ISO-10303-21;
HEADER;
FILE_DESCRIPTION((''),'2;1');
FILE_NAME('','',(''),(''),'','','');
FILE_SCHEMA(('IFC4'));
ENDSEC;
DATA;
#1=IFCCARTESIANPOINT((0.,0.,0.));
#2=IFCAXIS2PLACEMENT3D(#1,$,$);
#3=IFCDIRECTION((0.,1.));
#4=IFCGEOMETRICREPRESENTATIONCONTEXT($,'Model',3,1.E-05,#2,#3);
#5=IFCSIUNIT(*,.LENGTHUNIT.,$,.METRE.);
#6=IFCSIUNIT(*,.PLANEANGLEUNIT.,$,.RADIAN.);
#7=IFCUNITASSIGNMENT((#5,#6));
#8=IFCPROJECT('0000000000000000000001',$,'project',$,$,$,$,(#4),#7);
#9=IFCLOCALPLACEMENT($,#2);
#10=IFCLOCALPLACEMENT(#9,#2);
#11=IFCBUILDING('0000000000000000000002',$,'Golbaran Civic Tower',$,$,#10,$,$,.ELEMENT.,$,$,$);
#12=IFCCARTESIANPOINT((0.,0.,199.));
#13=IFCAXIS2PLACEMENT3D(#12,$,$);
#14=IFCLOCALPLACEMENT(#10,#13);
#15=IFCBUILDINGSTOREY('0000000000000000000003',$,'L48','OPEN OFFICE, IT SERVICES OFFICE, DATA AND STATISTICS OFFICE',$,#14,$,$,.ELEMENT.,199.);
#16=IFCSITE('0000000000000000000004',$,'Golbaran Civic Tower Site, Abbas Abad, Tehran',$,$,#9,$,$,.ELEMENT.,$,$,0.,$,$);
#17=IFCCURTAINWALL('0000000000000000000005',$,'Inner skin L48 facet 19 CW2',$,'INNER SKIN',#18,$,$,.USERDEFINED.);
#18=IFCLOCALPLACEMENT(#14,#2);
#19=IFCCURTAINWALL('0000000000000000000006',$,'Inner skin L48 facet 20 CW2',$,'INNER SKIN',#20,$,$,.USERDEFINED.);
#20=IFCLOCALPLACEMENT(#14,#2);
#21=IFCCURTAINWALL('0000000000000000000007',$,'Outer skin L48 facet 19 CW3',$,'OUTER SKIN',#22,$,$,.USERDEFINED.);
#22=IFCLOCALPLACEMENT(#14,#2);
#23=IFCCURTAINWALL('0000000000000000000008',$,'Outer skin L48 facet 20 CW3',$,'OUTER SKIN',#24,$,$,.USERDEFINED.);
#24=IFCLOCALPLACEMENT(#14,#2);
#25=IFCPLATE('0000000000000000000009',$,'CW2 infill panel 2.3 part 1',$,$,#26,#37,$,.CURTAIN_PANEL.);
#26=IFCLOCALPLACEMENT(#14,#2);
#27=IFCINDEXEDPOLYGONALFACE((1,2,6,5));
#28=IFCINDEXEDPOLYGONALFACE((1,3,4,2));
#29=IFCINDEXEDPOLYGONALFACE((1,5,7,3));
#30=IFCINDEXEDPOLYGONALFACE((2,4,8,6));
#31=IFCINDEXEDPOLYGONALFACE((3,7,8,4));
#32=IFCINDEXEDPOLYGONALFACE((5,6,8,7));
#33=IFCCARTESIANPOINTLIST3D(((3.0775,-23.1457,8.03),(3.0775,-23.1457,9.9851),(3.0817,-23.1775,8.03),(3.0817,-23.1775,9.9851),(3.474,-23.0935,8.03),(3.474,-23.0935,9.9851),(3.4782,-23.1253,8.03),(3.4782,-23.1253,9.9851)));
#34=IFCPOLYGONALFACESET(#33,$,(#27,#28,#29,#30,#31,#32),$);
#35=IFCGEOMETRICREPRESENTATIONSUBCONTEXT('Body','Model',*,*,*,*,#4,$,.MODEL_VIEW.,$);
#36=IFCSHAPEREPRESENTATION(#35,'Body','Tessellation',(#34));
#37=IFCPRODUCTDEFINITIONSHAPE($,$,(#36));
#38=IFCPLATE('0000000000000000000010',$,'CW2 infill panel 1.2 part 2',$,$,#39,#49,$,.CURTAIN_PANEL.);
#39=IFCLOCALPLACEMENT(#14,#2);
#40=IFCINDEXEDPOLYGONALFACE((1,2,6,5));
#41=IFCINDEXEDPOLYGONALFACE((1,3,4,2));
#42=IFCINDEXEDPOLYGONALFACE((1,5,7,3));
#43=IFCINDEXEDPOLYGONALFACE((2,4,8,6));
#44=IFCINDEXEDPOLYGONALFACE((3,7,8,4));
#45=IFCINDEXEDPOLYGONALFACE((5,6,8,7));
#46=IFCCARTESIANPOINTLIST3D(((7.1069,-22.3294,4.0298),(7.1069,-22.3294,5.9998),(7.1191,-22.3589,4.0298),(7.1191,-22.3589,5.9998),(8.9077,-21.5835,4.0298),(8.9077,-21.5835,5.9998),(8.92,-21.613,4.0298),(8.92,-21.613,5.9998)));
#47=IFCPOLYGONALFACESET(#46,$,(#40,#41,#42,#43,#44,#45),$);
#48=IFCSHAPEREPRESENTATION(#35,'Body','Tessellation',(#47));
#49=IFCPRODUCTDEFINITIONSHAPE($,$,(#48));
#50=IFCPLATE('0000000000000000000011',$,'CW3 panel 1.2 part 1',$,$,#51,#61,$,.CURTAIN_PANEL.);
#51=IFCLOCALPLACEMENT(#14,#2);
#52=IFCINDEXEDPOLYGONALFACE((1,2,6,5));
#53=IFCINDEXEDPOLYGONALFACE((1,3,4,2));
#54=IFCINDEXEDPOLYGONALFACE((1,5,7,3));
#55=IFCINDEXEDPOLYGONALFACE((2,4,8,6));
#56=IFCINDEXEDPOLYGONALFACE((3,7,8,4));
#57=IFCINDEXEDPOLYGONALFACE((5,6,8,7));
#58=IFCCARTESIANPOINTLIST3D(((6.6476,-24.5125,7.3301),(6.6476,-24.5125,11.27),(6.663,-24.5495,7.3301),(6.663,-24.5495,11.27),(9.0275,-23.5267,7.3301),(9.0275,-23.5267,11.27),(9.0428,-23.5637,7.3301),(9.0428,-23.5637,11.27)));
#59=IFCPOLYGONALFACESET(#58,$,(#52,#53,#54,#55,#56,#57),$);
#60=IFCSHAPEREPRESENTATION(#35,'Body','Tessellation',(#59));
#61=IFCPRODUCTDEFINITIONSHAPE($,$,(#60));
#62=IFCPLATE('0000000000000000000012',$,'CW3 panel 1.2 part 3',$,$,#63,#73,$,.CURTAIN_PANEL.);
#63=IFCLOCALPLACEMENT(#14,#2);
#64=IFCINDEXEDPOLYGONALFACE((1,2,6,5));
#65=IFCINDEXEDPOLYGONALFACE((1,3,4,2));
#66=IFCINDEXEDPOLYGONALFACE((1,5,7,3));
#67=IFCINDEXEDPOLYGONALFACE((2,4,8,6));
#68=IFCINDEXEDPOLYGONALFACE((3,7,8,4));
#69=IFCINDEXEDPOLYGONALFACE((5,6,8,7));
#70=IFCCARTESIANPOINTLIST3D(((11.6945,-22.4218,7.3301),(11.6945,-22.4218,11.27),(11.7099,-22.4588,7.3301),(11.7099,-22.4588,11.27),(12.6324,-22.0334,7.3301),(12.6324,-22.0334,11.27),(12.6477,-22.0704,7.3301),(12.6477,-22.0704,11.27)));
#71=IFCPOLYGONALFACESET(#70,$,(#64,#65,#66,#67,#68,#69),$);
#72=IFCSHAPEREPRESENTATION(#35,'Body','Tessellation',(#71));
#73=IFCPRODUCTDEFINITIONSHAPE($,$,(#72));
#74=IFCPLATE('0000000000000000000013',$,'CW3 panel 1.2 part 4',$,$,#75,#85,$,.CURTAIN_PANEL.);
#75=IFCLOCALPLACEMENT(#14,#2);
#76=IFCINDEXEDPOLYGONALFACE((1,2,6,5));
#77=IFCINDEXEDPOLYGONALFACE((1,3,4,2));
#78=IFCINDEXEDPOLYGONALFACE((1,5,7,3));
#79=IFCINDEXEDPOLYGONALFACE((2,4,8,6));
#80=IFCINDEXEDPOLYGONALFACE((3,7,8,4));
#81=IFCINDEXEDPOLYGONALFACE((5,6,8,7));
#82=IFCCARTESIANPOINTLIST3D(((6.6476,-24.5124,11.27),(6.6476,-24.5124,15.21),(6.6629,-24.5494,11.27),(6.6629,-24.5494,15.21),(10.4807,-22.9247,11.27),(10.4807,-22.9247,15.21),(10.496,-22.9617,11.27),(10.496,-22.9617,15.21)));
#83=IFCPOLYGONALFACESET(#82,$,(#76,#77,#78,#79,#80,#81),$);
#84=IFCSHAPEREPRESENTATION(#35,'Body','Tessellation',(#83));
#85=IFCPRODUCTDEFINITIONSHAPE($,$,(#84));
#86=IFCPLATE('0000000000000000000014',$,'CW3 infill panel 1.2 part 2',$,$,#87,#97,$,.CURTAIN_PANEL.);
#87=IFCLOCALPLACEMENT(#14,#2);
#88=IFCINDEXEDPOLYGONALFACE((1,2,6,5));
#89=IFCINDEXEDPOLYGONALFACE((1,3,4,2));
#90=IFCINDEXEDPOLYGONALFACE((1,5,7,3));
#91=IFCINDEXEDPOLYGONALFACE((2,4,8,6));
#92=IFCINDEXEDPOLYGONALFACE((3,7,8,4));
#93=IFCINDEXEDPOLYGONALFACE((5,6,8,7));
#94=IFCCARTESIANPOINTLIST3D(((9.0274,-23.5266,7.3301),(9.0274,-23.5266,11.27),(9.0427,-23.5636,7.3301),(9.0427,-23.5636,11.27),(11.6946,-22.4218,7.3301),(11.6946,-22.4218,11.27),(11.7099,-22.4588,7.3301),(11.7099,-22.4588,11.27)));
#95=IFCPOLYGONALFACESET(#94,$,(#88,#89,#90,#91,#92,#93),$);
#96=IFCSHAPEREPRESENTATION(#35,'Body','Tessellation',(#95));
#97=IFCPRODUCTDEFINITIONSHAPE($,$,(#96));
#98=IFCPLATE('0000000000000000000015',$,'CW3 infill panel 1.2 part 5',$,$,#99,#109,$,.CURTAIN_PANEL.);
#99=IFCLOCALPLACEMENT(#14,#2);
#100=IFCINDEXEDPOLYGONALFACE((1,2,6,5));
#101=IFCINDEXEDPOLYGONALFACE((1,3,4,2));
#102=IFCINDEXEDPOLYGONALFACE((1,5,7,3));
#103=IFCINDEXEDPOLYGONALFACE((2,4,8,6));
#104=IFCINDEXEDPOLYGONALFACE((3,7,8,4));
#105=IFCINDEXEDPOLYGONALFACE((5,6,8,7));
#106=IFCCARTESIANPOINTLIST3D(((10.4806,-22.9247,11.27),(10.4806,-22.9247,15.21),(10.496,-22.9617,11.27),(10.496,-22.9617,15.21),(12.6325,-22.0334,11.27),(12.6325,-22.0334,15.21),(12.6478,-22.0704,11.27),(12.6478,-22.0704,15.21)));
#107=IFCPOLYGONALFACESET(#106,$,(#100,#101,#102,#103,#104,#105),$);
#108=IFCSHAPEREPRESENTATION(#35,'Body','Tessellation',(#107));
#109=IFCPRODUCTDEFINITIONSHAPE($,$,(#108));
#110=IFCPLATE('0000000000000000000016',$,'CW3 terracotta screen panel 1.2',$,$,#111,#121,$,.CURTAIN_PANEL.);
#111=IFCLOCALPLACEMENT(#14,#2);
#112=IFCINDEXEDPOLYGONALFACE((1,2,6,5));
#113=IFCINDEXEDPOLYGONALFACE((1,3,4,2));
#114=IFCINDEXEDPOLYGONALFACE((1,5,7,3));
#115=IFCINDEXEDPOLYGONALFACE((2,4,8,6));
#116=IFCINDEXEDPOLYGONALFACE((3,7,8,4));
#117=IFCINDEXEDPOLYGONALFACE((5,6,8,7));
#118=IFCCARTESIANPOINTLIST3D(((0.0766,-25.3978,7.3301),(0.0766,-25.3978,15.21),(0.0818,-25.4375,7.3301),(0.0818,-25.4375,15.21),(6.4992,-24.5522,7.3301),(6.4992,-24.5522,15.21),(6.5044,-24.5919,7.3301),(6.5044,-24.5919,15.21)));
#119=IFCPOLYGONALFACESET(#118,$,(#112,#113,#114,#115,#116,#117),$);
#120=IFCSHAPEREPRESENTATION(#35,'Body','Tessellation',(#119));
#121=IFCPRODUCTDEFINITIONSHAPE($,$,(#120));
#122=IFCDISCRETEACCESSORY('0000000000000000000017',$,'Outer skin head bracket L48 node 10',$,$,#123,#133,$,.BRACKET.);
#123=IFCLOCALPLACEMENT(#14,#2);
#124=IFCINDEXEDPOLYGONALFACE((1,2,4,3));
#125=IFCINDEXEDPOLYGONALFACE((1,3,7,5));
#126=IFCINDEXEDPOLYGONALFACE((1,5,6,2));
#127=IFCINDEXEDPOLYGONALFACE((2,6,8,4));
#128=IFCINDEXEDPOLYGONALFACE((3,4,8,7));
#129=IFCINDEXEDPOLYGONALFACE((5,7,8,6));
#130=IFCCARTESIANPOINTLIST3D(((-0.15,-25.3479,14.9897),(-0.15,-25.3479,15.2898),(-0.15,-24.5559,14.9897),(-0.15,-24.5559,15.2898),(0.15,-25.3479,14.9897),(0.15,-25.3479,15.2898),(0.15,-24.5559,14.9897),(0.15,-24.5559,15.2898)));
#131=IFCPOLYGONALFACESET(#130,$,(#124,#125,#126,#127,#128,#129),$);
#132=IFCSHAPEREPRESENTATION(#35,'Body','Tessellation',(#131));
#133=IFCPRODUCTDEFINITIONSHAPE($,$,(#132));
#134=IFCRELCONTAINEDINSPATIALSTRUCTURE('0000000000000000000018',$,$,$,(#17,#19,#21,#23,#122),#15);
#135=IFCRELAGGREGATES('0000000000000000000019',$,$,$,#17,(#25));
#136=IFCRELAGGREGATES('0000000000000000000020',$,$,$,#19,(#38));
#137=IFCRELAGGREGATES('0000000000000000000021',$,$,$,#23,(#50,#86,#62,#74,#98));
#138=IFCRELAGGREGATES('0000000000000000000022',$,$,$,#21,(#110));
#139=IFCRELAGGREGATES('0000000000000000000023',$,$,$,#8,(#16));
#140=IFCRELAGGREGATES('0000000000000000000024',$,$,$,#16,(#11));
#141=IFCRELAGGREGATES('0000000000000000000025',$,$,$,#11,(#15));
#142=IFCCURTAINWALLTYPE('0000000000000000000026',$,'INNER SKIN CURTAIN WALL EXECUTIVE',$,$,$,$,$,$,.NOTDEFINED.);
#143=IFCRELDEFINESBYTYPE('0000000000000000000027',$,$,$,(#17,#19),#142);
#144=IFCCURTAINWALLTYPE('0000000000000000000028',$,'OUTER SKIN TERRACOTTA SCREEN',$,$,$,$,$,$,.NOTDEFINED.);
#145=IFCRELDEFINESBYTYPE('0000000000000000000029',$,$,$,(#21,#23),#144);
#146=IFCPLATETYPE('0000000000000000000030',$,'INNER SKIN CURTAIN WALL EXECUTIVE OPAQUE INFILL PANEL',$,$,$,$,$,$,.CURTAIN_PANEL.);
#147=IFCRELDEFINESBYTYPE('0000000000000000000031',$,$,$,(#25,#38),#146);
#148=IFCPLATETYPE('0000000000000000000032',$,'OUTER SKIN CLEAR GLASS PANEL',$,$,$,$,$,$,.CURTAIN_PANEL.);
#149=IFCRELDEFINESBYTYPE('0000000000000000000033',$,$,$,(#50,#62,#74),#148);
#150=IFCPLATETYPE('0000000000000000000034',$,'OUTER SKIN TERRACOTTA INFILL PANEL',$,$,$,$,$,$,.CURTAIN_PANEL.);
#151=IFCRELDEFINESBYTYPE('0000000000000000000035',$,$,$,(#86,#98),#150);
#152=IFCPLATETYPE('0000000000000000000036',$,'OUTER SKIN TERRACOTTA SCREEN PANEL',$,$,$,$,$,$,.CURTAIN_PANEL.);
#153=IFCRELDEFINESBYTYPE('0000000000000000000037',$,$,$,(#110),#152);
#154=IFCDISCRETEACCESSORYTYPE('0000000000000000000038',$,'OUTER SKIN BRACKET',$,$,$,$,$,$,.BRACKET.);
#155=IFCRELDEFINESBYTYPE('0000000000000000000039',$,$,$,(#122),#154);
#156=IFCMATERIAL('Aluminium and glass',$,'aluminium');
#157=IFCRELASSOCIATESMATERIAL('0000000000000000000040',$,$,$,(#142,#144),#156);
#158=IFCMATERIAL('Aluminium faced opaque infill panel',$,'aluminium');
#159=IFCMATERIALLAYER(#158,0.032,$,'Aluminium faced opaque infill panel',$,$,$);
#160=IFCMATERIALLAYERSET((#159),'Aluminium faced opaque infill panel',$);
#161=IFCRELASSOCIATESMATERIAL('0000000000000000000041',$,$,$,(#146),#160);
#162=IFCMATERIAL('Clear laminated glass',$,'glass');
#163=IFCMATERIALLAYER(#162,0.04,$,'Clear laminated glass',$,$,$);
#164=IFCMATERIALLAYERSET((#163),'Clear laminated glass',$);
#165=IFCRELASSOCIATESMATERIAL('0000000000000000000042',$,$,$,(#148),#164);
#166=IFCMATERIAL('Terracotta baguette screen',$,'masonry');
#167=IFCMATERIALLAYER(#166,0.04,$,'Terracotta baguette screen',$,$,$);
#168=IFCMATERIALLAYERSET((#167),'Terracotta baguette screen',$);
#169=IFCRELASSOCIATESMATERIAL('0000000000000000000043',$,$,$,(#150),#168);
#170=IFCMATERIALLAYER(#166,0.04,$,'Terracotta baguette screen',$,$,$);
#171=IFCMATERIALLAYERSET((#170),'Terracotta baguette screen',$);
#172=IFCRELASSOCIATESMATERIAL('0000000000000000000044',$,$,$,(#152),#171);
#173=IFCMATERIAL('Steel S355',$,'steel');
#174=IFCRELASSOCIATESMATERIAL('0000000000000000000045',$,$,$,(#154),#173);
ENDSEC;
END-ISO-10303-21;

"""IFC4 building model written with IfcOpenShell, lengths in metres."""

from ifc_helpers import new_model, si_unit, direction, frame, origin, origin_2d, place, context, subcontext, project, spatial, rectangle, extrude, material, layer, layer_set, type_object, element, aggregate, save


model = new_model("IFC4")

# Units and contexts
model_context = context("Model", 3, precision=1e-05, world=origin(), true_north=direction((0.0, 1.0)))
body_context = subcontext(model_context, "Body", "Model", "MODEL_VIEW")
ifc_project = project(units=[si_unit("LENGTHUNIT", "METRE"), si_unit("PLANEANGLEUNIT", "RADIAN")], contexts=[model_context])

# Site, building, storey
site_placement = place(None, origin())
site = spatial("IfcSite", under=ifc_project, at=site_placement, Name="Golbaran Civic Tower Site, Abbas Abad, Tehran", CompositionType="ELEMENT", RefElevation=0.0)
building_placement = place(site_placement, origin())
building = spatial("IfcBuilding", under=site, at=building_placement, Name="Golbaran Civic Tower", CompositionType="ELEMENT")
storey_placement = place(building_placement, frame((0.0, 0.0, 199.0)))
storey = spatial("IfcBuildingStorey", under=building, at=storey_placement, Name="L48", Description="OPEN OFFICE, IT SERVICES OFFICE, DATA AND STATISTICS OFFICE", CompositionType="ELEMENT", Elevation=199.0)

# Curtain walls
ifc_material_1 = material(Name="Aluminium and glass", Category="aluminium")
curtain_wall_type_1 = type_object("IfcCurtainWallType", Name="INNER SKIN CURTAIN WALL EXECUTIVE", PredefinedType="NOTDEFINED", material=ifc_material_1)
curtain_wall_1_placement = place(storey_placement, origin())
curtain_wall_1 = element("IfcCurtainWall", 1, at=curtain_wall_1_placement, inside=storey, type_object=curtain_wall_type_1, Name="Inner skin L48 facet 19 CW2", ObjectType="INNER SKIN", PredefinedType="USERDEFINED")
curtain_wall_2_placement = place(storey_placement, origin())
curtain_wall_2 = element("IfcCurtainWall", 2, at=curtain_wall_2_placement, inside=storey, type_object=curtain_wall_type_1, Name="Inner skin L48 facet 20 CW2", ObjectType="INNER SKIN", PredefinedType="USERDEFINED")
curtain_wall_type_2 = type_object("IfcCurtainWallType", Name="OUTER SKIN TERRACOTTA SCREEN", PredefinedType="NOTDEFINED", material=ifc_material_1)
curtain_wall_3_placement = place(storey_placement, origin())
curtain_wall_3 = element("IfcCurtainWall", 3, at=curtain_wall_3_placement, inside=storey, type_object=curtain_wall_type_2, Name="Outer skin L48 facet 19 CW3", ObjectType="OUTER SKIN", PredefinedType="USERDEFINED")
curtain_wall_4_placement = place(storey_placement, origin())
curtain_wall_4 = element("IfcCurtainWall", 4, at=curtain_wall_4_placement, inside=storey, type_object=curtain_wall_type_2, Name="Outer skin L48 facet 20 CW3", ObjectType="OUTER SKIN", PredefinedType="USERDEFINED")

# Plates
ifc_material_2 = material(Name="Aluminium faced opaque infill panel", Category="aluminium")
ifc_layer_1 = layer(ifc_material_2, 0.032, Name="Aluminium faced opaque infill panel")
ifc_layer_set_1 = layer_set([ifc_layer_1], Name="Aluminium faced opaque infill panel")
plate_type_1 = type_object("IfcPlateType", Name="INNER SKIN CURTAIN WALL EXECUTIVE OPAQUE INFILL PANEL", PredefinedType="CURTAIN_PANEL", material=ifc_layer_set_1)
plate_1_placement = place(storey_placement, frame((3.2778, -23.1355, 8.03), z_axis=(0.0, 0.0, 1.0), x_axis=(0.991445, 0.130526, 0.0)))
plate_1 = element("IfcPlate", 5, at=plate_1_placement, type_object=plate_type_1, Name="CW2 infill panel 2.3 part 1", PredefinedType="CURTAIN_PANEL", context=body_context, shape_type="SweptSolid", body=[
    extrude(rectangle(XDim=0.3999, YDim=0.032, at=origin_2d()), origin(), (0.0, 0.0, 1.0), 1.9551),
])
aggregate(curtain_wall_1, [plate_1])
plate_2_placement = place(storey_placement, frame((8.0134, -21.9712, 4.0298), z_axis=(0.0, 0.0, 1.0), x_axis=(0.92388, 0.382683, 0.0)))
plate_2 = element("IfcPlate", 6, at=plate_2_placement, type_object=plate_type_1, Name="CW2 infill panel 1.2 part 2", PredefinedType="CURTAIN_PANEL", context=body_context, shape_type="SweptSolid", body=[
    extrude(rectangle(XDim=1.9492, YDim=0.032, at=origin_2d()), origin(), (0.0, 0.0, 1.0), 1.97),
])
aggregate(curtain_wall_2, [plate_2])
ifc_material_3 = material(Name="Clear laminated glass", Category="glass")
ifc_layer_2 = layer(ifc_material_3, 0.04, Name="Clear laminated glass")
ifc_layer_set_2 = layer_set([ifc_layer_2], Name="Clear laminated glass")
plate_type_2 = type_object("IfcPlateType", Name="OUTER SKIN CLEAR GLASS PANEL", PredefinedType="CURTAIN_PANEL", material=ifc_layer_set_2)
plate_3_placement = place(storey_placement, frame((7.8452, -24.0381, 7.3301), z_axis=(0.0, 0.0, 1.0), x_axis=(0.92388, 0.382683, 0.0)))
plate_3 = element("IfcPlate", 7, at=plate_3_placement, type_object=plate_type_2, Name="CW3 panel 1.2 part 1", PredefinedType="CURTAIN_PANEL", context=body_context, shape_type="SweptSolid", body=[
    extrude(rectangle(XDim=2.5759, YDim=0.04, at=origin_2d()), origin(), (0.0, 0.0, 1.0), 3.9399),
])
plate_4_placement = place(storey_placement, frame((12.1711, -22.2461, 7.3301), z_axis=(0.0, 0.0, 1.0), x_axis=(0.92388, 0.382683, 0.0)))
plate_4 = element("IfcPlate", 8, at=plate_4_placement, type_object=plate_type_2, Name="CW3 panel 1.2 part 3", PredefinedType="CURTAIN_PANEL", context=body_context, shape_type="SweptSolid", body=[
    extrude(rectangle(XDim=1.0151, YDim=0.04, at=origin_2d()), origin(), (0.0, 0.0, 1.0), 3.9399),
])
plate_5_placement = place(storey_placement, frame((8.5718, -23.7371, 11.27), z_axis=(0.0, 0.0, 1.0), x_axis=(0.92388, 0.382683, 0.0)))
plate_5 = element("IfcPlate", 9, at=plate_5_placement, type_object=plate_type_2, Name="CW3 panel 1.2 part 4", PredefinedType="CURTAIN_PANEL", context=body_context, shape_type="SweptSolid", body=[
    extrude(rectangle(XDim=4.1489, YDim=0.04, at=origin_2d()), origin(), (0.0, 0.0, 1.0), 3.9399),
])
ifc_material_4 = material(Name="Terracotta baguette screen", Category="masonry")
ifc_layer_3 = layer(ifc_material_4, 0.04, Name="Terracotta baguette screen")
ifc_layer_set_3 = layer_set([ifc_layer_3], Name="Terracotta baguette screen")
plate_type_3 = type_object("IfcPlateType", Name="OUTER SKIN TERRACOTTA INFILL PANEL", PredefinedType="CURTAIN_PANEL", material=ifc_layer_set_3)
plate_6_placement = place(storey_placement, frame((10.3687, -22.9927, 7.3301), z_axis=(0.0, 0.0, 1.0), x_axis=(0.92388, 0.382683, 0.0)))
plate_6 = element("IfcPlate", 10, at=plate_6_placement, type_object=plate_type_3, Name="CW3 infill panel 1.2 part 2", PredefinedType="CURTAIN_PANEL", context=body_context, shape_type="SweptSolid", body=[
    extrude(rectangle(XDim=2.887, YDim=0.04, at=origin_2d()), origin(), (0.0, 0.0, 1.0), 3.9399),
])
plate_7_placement = place(storey_placement, frame((11.5642, -22.4976, 11.27), z_axis=(0.0, 0.0, 1.0), x_axis=(0.92388, 0.382683, 0.0)))
plate_7 = element("IfcPlate", 11, at=plate_7_placement, type_object=plate_type_3, Name="CW3 infill panel 1.2 part 5", PredefinedType="CURTAIN_PANEL", context=body_context, shape_type="SweptSolid", body=[
    extrude(rectangle(XDim=2.3291, YDim=0.04, at=origin_2d()), origin(), (0.0, 0.0, 1.0), 3.9399),
])
aggregate(curtain_wall_4, [plate_3, plate_6, plate_4, plate_5, plate_7])
ifc_layer_4 = layer(ifc_material_4, 0.04, Name="Terracotta baguette screen")
ifc_layer_set_4 = layer_set([ifc_layer_4], Name="Terracotta baguette screen")
plate_type_4 = type_object("IfcPlateType", Name="OUTER SKIN TERRACOTTA SCREEN PANEL", PredefinedType="CURTAIN_PANEL", material=ifc_layer_set_4)
plate_8_placement = place(storey_placement, frame((3.2905, -24.9949, 7.3301), z_axis=(0.0, 0.0, 1.0), x_axis=(0.991445, 0.130526, 0.0)))
plate_8 = element("IfcPlate", 12, at=plate_8_placement, type_object=plate_type_4, Name="CW3 terracotta screen panel 1.2", PredefinedType="CURTAIN_PANEL", context=body_context, shape_type="SweptSolid", body=[
    extrude(rectangle(XDim=6.478, YDim=0.04, at=origin_2d()), origin(), (0.0, 0.0, 1.0), 7.8799),
])
aggregate(curtain_wall_3, [plate_8])

# Discrete accessory
ifc_material_5 = material(Name="Steel S355", Category="steel")
discrete_accessory_type = type_object("IfcDiscreteAccessoryType", Name="OUTER SKIN BRACKET", PredefinedType="BRACKET", material=ifc_material_5)
discrete_accessory_placement = place(storey_placement, frame((0.0, -24.9519, 14.9897), z_axis=(0.0, 0.0, 1.0), x_axis=(0.0, -1.0, 0.0)))
element("IfcDiscreteAccessory", 13, at=discrete_accessory_placement, inside=storey, type_object=discrete_accessory_type, Name="Outer skin head bracket L48 node 10", PredefinedType="BRACKET", context=body_context, shape_type="SweptSolid", body=[
    extrude(rectangle(XDim=0.792, YDim=0.3, at=origin_2d()), origin(), (0.0, 0.0, 1.0), 0.3),
])

save(model, "model.ifc")
